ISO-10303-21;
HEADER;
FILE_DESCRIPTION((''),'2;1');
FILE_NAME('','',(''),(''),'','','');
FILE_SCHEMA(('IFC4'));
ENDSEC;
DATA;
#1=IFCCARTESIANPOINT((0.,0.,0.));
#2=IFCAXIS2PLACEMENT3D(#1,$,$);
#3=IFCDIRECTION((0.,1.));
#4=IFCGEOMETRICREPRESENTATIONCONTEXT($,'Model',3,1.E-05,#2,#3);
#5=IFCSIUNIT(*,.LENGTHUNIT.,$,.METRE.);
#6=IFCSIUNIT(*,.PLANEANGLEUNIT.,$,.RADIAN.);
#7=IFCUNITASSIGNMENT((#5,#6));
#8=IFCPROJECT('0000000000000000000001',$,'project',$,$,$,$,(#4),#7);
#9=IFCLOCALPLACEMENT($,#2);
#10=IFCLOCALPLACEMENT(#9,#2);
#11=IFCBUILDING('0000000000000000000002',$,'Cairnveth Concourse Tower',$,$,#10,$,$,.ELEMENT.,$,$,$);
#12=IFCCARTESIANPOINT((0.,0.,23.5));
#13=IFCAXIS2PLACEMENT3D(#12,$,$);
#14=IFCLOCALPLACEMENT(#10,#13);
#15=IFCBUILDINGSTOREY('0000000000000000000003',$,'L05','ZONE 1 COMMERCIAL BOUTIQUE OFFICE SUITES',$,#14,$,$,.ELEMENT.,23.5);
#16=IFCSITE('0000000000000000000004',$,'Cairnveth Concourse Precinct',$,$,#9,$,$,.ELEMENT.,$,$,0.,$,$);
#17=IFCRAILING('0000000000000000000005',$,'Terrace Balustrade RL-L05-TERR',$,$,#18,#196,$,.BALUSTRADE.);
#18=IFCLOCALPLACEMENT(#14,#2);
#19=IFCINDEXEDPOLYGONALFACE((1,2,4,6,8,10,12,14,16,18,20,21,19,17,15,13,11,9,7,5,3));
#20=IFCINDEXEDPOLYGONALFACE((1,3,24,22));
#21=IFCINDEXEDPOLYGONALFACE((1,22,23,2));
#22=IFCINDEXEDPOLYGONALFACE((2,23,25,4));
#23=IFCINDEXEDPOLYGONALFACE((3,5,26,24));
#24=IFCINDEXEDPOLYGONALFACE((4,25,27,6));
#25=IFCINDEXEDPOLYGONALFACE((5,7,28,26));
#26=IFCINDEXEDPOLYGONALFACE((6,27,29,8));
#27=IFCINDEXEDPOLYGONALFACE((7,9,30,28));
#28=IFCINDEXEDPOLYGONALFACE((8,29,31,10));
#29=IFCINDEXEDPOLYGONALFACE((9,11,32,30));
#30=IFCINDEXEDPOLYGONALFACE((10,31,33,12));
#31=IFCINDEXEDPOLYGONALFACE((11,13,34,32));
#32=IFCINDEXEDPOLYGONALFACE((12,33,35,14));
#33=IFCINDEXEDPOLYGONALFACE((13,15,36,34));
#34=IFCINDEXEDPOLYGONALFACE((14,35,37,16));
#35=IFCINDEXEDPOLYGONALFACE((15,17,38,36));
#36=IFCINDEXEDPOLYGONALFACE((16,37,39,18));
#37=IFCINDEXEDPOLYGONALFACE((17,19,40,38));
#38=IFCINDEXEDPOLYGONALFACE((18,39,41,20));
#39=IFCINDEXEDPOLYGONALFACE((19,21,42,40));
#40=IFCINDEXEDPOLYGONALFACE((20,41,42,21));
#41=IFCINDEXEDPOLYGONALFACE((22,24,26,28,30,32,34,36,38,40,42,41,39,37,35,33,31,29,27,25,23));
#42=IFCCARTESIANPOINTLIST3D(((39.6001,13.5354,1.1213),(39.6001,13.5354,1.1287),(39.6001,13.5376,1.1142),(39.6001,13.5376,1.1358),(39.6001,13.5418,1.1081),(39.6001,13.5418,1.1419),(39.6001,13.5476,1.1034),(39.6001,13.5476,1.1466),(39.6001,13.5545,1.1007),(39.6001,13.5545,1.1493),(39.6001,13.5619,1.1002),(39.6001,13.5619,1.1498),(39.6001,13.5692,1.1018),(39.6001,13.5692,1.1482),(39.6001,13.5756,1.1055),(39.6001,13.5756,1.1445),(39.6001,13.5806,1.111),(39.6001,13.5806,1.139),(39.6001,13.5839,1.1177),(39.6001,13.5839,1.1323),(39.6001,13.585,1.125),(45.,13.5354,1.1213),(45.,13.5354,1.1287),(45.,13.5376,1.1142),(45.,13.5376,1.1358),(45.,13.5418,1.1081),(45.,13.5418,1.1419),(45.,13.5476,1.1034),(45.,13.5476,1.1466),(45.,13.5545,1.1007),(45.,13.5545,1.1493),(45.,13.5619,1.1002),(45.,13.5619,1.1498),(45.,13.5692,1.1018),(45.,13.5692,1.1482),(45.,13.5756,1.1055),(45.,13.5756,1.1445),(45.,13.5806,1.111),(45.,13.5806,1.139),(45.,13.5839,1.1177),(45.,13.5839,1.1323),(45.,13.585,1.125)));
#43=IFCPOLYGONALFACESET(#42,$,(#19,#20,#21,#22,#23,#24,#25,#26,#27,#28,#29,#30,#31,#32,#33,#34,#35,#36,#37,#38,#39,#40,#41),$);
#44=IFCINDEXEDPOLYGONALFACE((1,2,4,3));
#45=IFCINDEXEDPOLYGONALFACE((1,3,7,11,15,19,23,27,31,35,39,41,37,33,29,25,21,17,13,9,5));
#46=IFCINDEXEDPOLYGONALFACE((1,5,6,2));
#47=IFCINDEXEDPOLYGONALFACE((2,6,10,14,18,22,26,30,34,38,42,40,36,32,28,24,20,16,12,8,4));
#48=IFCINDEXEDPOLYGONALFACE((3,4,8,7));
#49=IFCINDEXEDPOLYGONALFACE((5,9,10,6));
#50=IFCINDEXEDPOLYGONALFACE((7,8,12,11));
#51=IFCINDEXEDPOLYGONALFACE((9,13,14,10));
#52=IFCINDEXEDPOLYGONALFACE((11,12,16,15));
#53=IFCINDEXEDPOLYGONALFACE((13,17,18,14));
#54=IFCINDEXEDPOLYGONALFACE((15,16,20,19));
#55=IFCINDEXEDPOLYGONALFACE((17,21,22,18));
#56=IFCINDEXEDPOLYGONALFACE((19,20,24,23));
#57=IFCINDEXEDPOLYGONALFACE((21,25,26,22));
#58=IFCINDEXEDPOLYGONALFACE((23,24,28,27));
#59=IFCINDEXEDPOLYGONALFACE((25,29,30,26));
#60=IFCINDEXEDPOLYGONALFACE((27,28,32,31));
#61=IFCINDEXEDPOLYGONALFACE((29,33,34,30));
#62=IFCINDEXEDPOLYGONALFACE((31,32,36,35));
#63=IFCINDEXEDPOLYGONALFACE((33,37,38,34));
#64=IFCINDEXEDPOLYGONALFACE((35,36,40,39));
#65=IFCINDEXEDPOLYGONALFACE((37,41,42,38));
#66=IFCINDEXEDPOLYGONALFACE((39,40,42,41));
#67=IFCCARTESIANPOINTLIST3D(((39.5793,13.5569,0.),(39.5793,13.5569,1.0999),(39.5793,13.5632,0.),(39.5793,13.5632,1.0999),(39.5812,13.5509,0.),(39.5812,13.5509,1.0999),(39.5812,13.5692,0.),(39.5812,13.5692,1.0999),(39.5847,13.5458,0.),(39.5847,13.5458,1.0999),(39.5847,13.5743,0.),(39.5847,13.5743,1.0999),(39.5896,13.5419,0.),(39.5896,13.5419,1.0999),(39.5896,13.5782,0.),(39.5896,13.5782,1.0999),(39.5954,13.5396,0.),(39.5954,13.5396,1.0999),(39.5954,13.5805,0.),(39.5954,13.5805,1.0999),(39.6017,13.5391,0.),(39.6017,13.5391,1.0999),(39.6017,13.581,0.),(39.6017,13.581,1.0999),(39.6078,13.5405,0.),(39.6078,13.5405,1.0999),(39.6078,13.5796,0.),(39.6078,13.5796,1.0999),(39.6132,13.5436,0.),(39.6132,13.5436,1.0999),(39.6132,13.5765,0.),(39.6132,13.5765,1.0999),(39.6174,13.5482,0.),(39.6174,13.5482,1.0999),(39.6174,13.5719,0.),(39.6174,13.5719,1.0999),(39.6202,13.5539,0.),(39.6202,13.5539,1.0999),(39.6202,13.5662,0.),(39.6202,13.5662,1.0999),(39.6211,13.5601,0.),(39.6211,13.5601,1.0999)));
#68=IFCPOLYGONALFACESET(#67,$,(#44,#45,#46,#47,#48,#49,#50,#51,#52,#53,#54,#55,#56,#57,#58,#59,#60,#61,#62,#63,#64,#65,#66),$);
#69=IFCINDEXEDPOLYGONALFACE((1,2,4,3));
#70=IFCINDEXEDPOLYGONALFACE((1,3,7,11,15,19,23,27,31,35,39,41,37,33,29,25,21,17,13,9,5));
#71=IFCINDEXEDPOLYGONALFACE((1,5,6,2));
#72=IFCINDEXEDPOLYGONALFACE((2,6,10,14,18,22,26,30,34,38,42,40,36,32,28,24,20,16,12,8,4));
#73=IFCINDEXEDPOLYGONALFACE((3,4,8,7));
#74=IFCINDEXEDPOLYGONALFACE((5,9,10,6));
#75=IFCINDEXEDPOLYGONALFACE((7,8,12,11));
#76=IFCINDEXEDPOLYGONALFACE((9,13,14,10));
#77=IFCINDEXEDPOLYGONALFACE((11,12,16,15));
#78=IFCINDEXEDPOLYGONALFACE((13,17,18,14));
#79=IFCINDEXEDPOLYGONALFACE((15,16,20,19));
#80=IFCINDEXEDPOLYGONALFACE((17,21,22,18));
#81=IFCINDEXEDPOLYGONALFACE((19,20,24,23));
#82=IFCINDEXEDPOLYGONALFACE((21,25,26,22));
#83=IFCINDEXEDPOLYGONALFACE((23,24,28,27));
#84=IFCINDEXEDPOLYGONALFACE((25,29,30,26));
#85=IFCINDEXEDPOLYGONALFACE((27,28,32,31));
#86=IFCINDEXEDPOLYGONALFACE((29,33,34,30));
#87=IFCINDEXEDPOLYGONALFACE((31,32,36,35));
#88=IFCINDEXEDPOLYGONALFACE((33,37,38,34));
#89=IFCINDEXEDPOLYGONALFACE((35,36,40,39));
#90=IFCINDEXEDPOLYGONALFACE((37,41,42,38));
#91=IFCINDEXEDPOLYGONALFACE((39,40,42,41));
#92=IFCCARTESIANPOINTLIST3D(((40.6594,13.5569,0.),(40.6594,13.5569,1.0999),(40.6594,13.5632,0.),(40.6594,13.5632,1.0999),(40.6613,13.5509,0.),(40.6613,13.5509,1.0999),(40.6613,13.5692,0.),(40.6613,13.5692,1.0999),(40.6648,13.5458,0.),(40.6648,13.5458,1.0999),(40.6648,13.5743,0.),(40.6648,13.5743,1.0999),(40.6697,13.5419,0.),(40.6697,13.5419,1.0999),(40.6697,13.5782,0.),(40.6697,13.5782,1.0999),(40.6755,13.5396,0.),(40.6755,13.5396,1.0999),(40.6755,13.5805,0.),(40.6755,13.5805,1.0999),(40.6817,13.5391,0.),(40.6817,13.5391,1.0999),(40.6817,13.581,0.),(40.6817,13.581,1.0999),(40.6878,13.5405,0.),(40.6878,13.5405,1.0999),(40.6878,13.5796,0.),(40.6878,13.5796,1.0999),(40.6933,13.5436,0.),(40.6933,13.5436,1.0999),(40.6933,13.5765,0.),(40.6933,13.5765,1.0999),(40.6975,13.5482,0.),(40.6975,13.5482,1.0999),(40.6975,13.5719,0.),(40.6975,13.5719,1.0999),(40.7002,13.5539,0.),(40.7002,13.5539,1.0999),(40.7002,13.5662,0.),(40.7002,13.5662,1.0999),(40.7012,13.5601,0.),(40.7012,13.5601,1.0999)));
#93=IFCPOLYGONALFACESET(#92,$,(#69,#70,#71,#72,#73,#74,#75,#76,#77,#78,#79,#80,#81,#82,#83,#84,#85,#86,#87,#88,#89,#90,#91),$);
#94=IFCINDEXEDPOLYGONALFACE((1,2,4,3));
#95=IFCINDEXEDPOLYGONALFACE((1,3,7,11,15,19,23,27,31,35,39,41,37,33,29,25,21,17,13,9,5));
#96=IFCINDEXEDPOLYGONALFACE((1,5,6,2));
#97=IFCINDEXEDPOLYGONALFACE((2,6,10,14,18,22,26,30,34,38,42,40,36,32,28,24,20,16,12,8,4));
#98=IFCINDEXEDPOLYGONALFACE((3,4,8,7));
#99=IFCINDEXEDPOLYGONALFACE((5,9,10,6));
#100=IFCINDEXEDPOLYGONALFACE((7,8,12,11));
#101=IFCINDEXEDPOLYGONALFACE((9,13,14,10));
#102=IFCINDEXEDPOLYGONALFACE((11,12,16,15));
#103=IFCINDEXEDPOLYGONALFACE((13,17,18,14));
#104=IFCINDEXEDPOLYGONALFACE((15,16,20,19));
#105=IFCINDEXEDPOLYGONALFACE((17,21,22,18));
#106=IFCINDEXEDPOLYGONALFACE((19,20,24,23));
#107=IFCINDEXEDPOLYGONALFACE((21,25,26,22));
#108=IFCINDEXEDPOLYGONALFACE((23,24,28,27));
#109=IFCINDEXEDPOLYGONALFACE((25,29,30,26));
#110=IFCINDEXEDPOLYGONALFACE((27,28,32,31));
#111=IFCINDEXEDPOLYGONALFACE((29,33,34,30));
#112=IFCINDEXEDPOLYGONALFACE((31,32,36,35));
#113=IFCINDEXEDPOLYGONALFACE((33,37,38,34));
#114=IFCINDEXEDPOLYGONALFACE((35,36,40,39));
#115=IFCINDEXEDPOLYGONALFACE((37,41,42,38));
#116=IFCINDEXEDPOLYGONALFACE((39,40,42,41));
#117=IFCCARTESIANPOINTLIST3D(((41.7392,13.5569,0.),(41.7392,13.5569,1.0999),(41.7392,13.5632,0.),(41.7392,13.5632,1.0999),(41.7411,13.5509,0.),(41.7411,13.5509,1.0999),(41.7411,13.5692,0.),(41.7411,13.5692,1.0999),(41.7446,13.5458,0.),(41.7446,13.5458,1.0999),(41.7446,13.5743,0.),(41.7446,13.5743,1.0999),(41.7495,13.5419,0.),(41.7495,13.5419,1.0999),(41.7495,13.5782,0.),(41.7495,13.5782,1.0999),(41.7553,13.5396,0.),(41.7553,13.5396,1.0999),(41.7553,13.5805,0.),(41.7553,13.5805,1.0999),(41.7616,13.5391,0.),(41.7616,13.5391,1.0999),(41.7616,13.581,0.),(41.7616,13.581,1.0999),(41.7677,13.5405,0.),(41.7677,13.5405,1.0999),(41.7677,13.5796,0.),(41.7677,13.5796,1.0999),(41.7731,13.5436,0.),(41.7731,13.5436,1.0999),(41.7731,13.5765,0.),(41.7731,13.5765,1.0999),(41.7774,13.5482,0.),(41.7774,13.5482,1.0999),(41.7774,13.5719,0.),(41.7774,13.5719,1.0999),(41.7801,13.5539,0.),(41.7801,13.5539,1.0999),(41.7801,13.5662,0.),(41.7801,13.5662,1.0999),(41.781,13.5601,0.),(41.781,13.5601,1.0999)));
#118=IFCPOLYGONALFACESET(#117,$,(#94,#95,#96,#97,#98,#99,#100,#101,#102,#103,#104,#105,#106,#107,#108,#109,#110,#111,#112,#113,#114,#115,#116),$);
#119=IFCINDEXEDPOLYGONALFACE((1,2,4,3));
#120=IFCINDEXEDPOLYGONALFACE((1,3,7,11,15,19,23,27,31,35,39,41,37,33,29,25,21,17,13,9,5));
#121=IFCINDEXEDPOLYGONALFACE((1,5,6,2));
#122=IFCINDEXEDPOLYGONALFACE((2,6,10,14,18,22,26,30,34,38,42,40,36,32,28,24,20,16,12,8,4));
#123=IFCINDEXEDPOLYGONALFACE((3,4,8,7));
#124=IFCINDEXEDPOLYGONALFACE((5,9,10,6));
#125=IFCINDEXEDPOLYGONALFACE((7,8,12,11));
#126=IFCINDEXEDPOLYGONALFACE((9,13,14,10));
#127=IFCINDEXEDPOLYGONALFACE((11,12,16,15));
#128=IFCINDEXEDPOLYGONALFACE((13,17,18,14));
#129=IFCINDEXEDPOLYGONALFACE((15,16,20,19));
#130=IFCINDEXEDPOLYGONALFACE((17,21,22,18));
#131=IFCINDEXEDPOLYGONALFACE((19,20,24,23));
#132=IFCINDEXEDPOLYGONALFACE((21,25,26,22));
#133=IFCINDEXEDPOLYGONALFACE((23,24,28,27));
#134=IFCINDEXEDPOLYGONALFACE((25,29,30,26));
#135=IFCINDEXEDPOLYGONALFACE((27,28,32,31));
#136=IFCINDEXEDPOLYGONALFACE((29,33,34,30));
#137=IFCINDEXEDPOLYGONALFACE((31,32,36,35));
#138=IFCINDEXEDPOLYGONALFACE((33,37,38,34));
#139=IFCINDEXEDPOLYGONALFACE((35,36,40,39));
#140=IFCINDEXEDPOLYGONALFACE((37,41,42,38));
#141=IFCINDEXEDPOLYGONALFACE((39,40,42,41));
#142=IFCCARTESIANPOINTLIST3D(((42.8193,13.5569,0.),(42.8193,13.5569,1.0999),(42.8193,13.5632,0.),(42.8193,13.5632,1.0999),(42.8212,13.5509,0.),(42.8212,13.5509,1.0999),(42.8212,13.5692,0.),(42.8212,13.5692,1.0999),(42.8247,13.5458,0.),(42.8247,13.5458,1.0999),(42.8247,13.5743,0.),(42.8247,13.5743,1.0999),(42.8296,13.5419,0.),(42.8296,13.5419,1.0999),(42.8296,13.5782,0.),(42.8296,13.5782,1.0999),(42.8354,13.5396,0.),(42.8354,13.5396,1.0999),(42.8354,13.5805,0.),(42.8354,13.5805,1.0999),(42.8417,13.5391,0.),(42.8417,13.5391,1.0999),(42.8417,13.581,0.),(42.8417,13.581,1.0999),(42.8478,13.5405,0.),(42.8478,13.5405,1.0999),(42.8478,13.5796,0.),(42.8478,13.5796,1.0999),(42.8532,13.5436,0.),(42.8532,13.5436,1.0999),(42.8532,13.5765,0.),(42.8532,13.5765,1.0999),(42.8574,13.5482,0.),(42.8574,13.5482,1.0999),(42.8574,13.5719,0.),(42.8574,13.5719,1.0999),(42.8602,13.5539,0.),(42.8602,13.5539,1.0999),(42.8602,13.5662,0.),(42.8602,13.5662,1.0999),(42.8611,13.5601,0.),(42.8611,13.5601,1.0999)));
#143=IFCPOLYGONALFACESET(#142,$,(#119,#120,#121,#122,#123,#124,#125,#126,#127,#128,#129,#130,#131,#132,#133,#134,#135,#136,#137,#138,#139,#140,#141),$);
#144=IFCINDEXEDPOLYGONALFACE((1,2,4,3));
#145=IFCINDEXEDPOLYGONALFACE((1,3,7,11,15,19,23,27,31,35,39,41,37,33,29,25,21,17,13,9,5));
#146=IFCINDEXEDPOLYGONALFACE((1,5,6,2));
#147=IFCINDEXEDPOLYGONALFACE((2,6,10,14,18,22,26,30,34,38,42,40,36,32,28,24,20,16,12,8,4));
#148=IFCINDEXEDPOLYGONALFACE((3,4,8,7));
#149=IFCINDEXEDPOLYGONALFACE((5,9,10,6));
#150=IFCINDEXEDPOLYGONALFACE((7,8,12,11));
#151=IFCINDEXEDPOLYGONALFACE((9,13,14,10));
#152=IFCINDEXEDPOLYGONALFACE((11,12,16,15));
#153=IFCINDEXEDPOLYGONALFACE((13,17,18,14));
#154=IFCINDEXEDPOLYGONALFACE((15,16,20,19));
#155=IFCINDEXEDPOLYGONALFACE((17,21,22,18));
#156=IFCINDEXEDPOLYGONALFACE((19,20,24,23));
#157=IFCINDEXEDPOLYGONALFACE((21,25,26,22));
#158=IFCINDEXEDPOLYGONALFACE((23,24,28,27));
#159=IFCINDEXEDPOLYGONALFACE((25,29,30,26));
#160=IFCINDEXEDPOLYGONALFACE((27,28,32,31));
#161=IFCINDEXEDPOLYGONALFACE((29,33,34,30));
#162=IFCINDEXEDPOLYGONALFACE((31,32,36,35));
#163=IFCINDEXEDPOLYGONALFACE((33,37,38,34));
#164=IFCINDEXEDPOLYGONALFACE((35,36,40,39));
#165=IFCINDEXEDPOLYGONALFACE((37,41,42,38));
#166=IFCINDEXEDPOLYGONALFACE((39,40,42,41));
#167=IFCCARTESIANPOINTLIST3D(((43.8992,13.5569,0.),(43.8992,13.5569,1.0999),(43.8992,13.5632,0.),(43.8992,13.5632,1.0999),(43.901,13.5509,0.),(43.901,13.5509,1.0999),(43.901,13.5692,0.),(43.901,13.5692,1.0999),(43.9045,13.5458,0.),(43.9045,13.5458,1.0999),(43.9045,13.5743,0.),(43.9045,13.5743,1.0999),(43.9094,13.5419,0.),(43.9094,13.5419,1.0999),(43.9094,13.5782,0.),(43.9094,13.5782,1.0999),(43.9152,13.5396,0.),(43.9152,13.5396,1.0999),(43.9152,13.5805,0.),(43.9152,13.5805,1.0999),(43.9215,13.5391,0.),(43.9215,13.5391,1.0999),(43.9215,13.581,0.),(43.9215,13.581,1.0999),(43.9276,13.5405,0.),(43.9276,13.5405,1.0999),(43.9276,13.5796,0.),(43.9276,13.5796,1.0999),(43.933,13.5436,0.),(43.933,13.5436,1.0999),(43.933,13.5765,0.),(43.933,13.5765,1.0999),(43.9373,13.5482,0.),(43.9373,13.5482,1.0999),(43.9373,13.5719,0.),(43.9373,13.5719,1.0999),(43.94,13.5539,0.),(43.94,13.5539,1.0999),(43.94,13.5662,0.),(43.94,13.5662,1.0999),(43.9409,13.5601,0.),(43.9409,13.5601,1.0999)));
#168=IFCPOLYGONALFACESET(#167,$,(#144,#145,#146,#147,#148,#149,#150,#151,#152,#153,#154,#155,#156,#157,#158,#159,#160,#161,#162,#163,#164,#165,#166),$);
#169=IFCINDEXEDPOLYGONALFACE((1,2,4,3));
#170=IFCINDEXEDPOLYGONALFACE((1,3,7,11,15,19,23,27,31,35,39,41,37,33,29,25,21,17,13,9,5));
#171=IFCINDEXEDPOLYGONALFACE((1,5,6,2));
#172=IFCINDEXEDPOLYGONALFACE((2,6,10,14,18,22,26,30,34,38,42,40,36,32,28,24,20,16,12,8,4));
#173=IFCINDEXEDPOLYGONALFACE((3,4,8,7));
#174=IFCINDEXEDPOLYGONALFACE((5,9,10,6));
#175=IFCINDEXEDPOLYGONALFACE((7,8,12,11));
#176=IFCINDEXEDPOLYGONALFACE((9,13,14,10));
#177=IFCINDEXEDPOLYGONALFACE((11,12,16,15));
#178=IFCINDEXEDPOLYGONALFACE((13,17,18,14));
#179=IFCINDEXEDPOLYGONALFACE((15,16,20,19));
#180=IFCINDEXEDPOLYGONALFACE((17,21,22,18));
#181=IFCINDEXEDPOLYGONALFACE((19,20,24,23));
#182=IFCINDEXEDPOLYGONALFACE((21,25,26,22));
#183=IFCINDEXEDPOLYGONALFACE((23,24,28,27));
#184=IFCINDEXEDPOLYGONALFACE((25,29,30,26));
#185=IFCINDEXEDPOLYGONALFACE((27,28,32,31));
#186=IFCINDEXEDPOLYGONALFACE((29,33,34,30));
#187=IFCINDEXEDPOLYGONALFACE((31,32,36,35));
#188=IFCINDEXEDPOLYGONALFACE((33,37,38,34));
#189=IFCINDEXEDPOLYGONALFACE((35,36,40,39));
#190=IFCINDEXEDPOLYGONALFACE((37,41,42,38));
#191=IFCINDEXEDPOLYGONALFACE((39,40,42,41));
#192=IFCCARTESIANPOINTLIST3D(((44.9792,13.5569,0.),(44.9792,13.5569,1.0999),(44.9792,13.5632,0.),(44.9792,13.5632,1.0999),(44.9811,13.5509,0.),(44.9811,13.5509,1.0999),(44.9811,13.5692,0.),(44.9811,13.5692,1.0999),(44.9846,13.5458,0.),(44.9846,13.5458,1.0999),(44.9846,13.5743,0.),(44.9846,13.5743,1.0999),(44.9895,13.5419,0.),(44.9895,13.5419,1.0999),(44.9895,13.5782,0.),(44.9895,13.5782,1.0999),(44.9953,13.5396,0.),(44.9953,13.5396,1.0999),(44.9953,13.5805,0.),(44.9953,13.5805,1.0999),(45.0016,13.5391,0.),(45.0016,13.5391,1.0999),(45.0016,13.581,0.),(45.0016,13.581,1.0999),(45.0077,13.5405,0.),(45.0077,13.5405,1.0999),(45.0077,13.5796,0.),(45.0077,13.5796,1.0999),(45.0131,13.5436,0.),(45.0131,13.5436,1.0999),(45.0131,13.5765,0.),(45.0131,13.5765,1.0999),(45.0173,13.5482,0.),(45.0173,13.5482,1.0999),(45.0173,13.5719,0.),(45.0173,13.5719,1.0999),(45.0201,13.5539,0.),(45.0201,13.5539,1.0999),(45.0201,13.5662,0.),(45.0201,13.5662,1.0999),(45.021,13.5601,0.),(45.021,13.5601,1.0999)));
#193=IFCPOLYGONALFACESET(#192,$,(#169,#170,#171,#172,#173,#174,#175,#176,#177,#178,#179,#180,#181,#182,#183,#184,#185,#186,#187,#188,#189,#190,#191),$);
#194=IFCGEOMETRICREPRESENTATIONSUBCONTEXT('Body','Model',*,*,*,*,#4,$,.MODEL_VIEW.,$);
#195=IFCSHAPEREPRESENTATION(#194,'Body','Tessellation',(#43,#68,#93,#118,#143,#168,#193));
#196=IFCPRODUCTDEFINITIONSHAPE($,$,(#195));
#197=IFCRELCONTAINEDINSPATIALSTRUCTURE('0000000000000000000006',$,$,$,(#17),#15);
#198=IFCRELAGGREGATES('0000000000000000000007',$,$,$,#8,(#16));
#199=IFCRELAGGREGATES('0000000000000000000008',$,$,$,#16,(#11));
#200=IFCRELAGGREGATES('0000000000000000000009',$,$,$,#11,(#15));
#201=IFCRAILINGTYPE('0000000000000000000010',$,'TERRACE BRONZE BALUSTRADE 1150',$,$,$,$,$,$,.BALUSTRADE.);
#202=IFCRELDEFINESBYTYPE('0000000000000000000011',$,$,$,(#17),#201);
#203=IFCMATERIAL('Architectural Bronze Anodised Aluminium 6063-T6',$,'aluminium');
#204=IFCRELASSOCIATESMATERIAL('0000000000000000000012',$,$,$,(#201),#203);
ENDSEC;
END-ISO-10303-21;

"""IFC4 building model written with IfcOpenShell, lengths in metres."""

from ifc_helpers import new_model, si_unit, direction, frame, origin, origin_2d, place, context, subcontext, project, spatial, circle, extrude, material, type_object, element, save


model = new_model("IFC4")

# Units and contexts
model_context = context("Model", 3, precision=1e-05, world=origin(), true_north=direction((0.0, 1.0)))
body_context = subcontext(model_context, "Body", "Model", "MODEL_VIEW")
ifc_project = project(units=[si_unit("LENGTHUNIT", "METRE"), si_unit("PLANEANGLEUNIT", "RADIAN")], contexts=[model_context])

# Site, building, storey
site_placement = place(None, origin())
site = spatial("IfcSite", under=ifc_project, at=site_placement, Name="Cairnveth Concourse Precinct", CompositionType="ELEMENT", RefElevation=0.0)
building_placement = place(site_placement, origin())
building = spatial("IfcBuilding", under=site, at=building_placement, Name="Cairnveth Concourse Tower", CompositionType="ELEMENT")
storey_placement = place(building_placement, frame((0.0, 0.0, 23.5)))
storey = spatial("IfcBuildingStorey", under=building, at=storey_placement, Name="L05", Description="ZONE 1 COMMERCIAL BOUTIQUE OFFICE SUITES", CompositionType="ELEMENT", Elevation=23.5)

# Shared definitions
ifc_material_1 = material(Name="Architectural Bronze Anodised Aluminium 6063-T6", Category="aluminium")

# Railing
railing_type = type_object("IfcRailingType", Name="TERRACE BRONZE BALUSTRADE 1150", PredefinedType="BALUSTRADE", material=ifc_material_1)
railing_placement = place(storey_placement, frame((39.6001, 13.5601, 0.0)))
element("IfcRailing", 1, at=railing_placement, inside=storey, type_object=railing_type, Name="Terrace Balustrade RL-L05-TERR", PredefinedType="BALUSTRADE", context=body_context, shape_type="SweptSolid", body=[
    extrude(circle(Radius=0.0249, at=origin_2d()), frame((0.0, 0.0, 1.125), z_axis=(1.0, 0.0, 0.0), x_axis=(0.0, 1.0, 0.0)), (0.0, 0.0, 1.0), 5.3999),
    extrude(circle(Radius=0.021, at=origin_2d()), origin(), (0.0, 0.0, 1.0), 1.0999),
    extrude(circle(Radius=0.021, at=origin_2d()), frame((1.0801, 0.0, 0.0)), (0.0, 0.0, 1.0), 1.0999),
    extrude(circle(Radius=0.021, at=origin_2d()), frame((2.1599, 0.0, 0.0)), (0.0, 0.0, 1.0), 1.0999),
    extrude(circle(Radius=0.021, at=origin_2d()), frame((3.24, 0.0, 0.0)), (0.0, 0.0, 1.0), 1.0999),
    extrude(circle(Radius=0.021, at=origin_2d()), frame((4.3198, 0.0, 0.0)), (0.0, 0.0, 1.0), 1.0999),
    extrude(circle(Radius=0.021, at=origin_2d()), frame((5.3999, 0.0, 0.0)), (0.0, 0.0, 1.0), 1.0999),
])

save(model, "model.ifc")
